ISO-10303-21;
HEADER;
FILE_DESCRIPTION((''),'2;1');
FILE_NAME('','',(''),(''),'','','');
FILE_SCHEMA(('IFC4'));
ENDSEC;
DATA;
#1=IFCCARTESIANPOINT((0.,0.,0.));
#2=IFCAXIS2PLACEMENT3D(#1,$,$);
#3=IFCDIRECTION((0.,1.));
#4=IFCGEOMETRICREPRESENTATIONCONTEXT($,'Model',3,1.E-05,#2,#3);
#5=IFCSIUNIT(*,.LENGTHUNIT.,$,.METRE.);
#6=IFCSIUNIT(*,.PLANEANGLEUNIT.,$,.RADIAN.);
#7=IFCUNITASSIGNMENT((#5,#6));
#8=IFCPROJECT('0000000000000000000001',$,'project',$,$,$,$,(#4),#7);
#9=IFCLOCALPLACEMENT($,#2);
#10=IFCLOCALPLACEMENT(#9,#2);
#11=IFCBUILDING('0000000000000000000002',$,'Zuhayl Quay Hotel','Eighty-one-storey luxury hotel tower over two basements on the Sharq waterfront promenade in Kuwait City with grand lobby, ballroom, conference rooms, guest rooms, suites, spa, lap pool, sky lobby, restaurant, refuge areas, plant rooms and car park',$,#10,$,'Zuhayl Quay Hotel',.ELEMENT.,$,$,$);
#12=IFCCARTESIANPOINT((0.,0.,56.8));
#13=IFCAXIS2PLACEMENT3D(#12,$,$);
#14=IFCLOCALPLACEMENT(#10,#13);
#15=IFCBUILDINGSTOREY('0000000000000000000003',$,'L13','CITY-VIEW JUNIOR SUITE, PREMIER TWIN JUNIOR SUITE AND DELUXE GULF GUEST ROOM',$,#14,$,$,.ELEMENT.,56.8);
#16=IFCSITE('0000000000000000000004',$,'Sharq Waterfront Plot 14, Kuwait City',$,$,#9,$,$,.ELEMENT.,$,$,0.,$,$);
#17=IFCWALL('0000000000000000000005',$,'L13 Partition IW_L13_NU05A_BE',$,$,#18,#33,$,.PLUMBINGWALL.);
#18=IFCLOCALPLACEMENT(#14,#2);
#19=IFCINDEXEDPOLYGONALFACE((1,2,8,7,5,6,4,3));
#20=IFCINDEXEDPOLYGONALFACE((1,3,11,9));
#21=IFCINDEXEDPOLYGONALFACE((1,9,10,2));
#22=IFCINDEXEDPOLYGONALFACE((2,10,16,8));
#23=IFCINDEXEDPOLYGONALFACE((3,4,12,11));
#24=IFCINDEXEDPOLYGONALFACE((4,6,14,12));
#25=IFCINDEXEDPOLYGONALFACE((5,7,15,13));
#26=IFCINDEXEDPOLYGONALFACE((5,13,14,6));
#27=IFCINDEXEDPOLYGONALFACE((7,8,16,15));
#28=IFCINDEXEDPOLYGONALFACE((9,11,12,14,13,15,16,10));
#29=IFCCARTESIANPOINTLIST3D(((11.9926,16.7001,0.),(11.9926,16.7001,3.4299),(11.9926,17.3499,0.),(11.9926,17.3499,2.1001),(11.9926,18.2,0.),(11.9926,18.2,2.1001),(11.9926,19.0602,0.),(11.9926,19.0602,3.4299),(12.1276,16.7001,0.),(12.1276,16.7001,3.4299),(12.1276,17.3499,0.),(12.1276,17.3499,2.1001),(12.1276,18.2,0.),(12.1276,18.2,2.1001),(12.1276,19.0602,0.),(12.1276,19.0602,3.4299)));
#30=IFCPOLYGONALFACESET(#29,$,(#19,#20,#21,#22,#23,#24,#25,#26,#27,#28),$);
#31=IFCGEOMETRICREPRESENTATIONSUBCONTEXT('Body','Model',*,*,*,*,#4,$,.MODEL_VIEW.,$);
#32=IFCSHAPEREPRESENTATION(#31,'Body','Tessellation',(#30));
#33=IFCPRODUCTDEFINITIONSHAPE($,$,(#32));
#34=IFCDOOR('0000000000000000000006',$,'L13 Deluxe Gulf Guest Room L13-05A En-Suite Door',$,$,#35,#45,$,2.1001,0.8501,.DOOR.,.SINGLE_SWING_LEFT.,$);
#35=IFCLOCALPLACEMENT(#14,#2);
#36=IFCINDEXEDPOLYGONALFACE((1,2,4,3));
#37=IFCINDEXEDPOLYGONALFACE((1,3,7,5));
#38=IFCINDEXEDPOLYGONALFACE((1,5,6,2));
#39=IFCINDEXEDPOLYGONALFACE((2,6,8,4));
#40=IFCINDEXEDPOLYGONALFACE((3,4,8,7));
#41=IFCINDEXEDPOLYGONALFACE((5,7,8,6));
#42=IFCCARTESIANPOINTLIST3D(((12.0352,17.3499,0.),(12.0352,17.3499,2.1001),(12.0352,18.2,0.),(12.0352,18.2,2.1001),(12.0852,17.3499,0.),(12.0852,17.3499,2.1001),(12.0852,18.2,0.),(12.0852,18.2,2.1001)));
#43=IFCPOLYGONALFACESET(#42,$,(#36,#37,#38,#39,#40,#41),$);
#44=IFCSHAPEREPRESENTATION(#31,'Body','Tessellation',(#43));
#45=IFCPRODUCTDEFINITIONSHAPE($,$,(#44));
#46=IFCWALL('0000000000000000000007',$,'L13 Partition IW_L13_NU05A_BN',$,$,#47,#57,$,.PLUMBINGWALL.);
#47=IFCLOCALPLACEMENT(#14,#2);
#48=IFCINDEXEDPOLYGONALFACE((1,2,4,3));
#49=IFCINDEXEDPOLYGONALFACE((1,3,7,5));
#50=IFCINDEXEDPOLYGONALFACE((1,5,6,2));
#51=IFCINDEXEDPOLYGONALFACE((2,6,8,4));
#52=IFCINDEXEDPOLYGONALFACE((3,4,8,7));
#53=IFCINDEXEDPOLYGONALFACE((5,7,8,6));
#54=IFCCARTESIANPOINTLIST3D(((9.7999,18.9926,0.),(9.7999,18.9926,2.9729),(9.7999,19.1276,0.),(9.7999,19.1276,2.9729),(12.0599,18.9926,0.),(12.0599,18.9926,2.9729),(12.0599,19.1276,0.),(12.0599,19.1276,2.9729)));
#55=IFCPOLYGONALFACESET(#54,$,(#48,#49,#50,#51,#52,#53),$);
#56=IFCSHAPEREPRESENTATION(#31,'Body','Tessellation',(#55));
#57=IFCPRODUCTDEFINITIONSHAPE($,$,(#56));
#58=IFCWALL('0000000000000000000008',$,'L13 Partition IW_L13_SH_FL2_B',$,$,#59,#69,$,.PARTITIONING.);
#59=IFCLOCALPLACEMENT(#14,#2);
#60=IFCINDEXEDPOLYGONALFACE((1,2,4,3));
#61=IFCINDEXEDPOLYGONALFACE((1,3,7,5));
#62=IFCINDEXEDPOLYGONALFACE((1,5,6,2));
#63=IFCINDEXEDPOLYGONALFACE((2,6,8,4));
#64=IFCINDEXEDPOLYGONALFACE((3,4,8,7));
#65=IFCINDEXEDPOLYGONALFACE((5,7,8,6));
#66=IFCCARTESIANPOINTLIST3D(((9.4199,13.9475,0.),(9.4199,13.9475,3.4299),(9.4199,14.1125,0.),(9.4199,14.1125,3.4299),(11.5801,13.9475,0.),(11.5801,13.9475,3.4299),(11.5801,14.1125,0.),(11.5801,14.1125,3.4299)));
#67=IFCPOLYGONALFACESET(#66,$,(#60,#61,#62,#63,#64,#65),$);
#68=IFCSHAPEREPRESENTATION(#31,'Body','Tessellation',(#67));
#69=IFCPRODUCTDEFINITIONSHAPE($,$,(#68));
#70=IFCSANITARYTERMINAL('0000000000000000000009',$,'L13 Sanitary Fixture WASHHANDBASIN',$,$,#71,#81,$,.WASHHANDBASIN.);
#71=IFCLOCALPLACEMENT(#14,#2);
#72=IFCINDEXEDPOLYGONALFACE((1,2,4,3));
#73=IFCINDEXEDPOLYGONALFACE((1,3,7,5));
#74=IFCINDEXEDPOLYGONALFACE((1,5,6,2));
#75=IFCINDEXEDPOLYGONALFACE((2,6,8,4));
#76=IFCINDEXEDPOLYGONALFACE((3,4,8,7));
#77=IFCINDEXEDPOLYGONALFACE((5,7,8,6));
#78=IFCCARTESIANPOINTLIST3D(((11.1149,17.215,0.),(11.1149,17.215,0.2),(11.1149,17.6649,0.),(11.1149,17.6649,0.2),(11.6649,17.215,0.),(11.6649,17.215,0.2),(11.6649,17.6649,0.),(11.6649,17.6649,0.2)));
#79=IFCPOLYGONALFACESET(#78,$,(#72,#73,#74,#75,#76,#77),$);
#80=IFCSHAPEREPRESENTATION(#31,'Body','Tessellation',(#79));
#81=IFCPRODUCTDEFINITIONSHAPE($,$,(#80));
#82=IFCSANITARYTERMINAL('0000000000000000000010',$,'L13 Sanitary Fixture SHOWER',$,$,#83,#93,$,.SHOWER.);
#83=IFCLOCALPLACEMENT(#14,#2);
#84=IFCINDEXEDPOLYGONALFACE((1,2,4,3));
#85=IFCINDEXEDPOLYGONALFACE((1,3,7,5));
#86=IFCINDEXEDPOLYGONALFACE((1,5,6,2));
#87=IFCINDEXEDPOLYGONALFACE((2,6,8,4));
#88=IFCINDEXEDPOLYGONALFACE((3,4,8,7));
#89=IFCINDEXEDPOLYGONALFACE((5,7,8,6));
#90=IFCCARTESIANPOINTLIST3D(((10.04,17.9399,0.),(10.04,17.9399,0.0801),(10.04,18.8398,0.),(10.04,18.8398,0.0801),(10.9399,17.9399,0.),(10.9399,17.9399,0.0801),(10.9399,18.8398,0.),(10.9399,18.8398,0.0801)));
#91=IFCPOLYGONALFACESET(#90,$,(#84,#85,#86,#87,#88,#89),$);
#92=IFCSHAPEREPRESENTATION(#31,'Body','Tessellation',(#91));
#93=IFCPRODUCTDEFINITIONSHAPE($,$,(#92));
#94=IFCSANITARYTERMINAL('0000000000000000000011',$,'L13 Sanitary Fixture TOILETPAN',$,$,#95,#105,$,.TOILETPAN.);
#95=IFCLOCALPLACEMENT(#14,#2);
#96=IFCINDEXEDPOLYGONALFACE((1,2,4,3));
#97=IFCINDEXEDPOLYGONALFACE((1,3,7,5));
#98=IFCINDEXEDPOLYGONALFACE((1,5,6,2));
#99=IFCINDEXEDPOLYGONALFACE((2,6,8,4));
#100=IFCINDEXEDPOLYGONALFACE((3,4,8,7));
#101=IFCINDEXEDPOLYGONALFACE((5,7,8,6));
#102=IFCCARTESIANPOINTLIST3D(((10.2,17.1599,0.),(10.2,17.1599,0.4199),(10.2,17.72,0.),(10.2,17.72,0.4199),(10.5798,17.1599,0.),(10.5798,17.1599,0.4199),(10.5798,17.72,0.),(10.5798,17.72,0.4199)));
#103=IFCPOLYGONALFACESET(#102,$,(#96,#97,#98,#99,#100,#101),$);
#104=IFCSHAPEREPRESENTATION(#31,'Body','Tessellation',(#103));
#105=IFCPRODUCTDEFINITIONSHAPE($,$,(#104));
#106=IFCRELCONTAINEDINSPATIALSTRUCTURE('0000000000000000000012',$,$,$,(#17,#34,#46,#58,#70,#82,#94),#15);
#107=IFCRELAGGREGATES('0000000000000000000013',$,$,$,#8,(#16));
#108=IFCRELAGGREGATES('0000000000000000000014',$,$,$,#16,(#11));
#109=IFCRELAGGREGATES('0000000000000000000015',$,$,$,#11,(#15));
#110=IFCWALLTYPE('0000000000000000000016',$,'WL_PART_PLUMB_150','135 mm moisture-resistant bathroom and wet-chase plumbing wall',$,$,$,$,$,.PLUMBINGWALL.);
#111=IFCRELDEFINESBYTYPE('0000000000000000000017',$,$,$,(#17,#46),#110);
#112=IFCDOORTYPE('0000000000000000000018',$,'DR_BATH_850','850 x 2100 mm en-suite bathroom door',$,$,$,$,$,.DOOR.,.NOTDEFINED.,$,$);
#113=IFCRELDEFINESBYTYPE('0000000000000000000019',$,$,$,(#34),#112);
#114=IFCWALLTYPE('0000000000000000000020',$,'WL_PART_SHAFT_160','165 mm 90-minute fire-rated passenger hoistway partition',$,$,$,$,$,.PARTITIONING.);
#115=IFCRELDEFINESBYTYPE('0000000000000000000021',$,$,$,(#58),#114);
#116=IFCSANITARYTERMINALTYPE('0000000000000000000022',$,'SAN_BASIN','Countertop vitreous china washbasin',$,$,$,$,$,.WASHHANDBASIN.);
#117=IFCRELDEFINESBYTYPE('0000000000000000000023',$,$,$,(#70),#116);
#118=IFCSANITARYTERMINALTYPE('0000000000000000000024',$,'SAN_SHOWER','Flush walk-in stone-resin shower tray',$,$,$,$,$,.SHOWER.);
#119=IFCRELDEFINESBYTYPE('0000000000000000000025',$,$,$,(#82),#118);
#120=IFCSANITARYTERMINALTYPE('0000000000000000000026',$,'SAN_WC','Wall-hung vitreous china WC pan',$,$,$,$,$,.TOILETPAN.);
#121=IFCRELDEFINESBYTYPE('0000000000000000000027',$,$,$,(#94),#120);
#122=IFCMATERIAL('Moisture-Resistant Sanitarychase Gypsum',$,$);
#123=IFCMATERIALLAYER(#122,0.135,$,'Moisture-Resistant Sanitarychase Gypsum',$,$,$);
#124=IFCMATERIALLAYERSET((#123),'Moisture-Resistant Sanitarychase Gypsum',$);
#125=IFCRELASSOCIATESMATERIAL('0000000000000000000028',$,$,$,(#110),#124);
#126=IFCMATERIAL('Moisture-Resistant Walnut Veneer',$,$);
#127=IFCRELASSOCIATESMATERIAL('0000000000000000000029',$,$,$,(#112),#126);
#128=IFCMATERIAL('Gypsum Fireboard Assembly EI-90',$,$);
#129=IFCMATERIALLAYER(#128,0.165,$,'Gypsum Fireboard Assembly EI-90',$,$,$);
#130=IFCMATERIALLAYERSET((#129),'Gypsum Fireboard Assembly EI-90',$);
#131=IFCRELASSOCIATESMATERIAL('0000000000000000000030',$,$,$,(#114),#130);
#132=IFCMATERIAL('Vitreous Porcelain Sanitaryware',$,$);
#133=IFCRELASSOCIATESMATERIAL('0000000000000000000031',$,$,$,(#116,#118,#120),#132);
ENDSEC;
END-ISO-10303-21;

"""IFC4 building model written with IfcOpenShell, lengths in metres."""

from ifc_helpers import new_model, si_unit, direction, frame, frame_2d, origin, origin_2d, place, context, subcontext, project, spatial, rectangle, extrude, material, layer, layer_set, type_object, element, fill, save


model = new_model("IFC4")

# Units and contexts
model_context = context("Model", 3, precision=1e-05, world=origin(), true_north=direction((0.0, 1.0)))
body_context = subcontext(model_context, "Body", "Model", "MODEL_VIEW")
ifc_project = project(units=[si_unit("LENGTHUNIT", "METRE"), si_unit("PLANEANGLEUNIT", "RADIAN")], contexts=[model_context])

# Site, building, storey
site_placement = place(None, origin())
site = spatial("IfcSite", under=ifc_project, at=site_placement, Name="Sharq Waterfront Plot 14, Kuwait City", CompositionType="ELEMENT", RefElevation=0.0)
building_placement = place(site_placement, origin())
building = spatial("IfcBuilding", under=site, at=building_placement, Name="Zuhayl Quay Hotel", Description="Eighty-one-storey luxury hotel tower over two basements on the Sharq waterfront promenade in Kuwait City with grand lobby, ballroom, conference rooms, guest rooms, suites, spa, lap pool, sky lobby, restaurant, refuge areas, plant rooms and car park", LongName="Zuhayl Quay Hotel", CompositionType="ELEMENT")
storey_placement = place(building_placement, frame((0.0, 0.0, 56.8)))
storey = spatial("IfcBuildingStorey", under=building, at=storey_placement, Name="L13", Description="CITY-VIEW JUNIOR SUITE, PREMIER TWIN JUNIOR SUITE AND DELUXE GULF GUEST ROOM", CompositionType="ELEMENT", Elevation=56.8)

# Wall, opening, door
ifc_material_1 = material(Name="Moisture-Resistant Sanitarychase Gypsum")
ifc_layer_1 = layer(ifc_material_1, 0.135, Name="Moisture-Resistant Sanitarychase Gypsum")
ifc_layer_set_1 = layer_set([ifc_layer_1], Name="Moisture-Resistant Sanitarychase Gypsum")
wall_type_1 = type_object("IfcWallType", Name="WL_PART_PLUMB_150", Description="135 mm moisture-resistant bathroom and wet-chase plumbing wall", PredefinedType="PLUMBINGWALL", material=ifc_layer_set_1)
wall_1_placement = place(storey_placement, frame((12.0601, 16.7, 0.0), z_axis=(0.0, 0.0, 1.0), x_axis=(0.0, 1.0, 0.0)))
wall_1 = element("IfcWall", 1, at=wall_1_placement, inside=storey, type_object=wall_type_1, Name="L13 Partition IW_L13_NU05A_BE", PredefinedType="PLUMBINGWALL", context=body_context, shape_type="SweptSolid", body=[
    extrude(rectangle(XDim=2.3601, YDim=0.135, at=frame_2d((1.1802, 0.0))), origin(), (0.0, 0.0, 1.0), 3.4299),
])
opening_1_placement = place(wall_1_placement, frame((0.6499, 0.0, 0.0)))
opening_1 = element("IfcOpeningElement", 2, at=opening_1_placement, cuts=wall_1, PredefinedType="OPENING", context=body_context, shape_type="SweptSolid", body=[
    extrude(rectangle(XDim=0.8501, YDim=2.1001, at=frame_2d((0.425, 1.05))), frame((0.0, 0.0774, 0.0), z_axis=(0.0, -1.0, 0.0), x_axis=(1.0, 0.0, 0.0)), (0.0, 0.0, 1.0), 0.155),
])
ifc_material_2 = material(Name="Moisture-Resistant Walnut Veneer")
door_type_1 = type_object("IfcDoorType", Name="DR_BATH_850", Description="850 x 2100 mm en-suite bathroom door", OperationType="NOTDEFINED", PredefinedType="DOOR", material=ifc_material_2)
door_1_placement = place(opening_1_placement, origin())
door_1 = element("IfcDoor", 3, at=door_1_placement, inside=storey, type_object=door_type_1, Name="L13 Deluxe Gulf Guest Room L13-05A En-Suite Door", OperationType="SINGLE_SWING_LEFT", OverallHeight=2.1001, OverallWidth=0.8501, PredefinedType="DOOR", context=body_context, shape_type="SweptSolid", body=[
    extrude(rectangle(XDim=0.8501, YDim=2.1001, at=frame_2d((0.425, 1.05))), frame((0.0, 0.0249, 0.0), z_axis=(0.0, -1.0, 0.0), x_axis=(1.0, 0.0, 0.0)), (0.0, 0.0, 1.0), 0.05),
])
fill(opening_1, door_1)

# Walls
wall_2_placement = place(storey_placement, frame((9.8, 19.0601, 0.0), z_axis=(0.0, 0.0, 1.0), x_axis=(1.0, 0.0, 0.0)))
element("IfcWall", 4, at=wall_2_placement, inside=storey, type_object=wall_type_1, Name="L13 Partition IW_L13_NU05A_BN", PredefinedType="PLUMBINGWALL", context=body_context, shape_type="SweptSolid", body=[
    extrude(rectangle(XDim=2.26, YDim=0.135, at=frame_2d((1.1299, 0.0))), origin(), (0.0, 0.0, 1.0), 2.9729),
])
ifc_material_3 = material(Name="Gypsum Fireboard Assembly EI-90")
ifc_layer_2 = layer(ifc_material_3, 0.165, Name="Gypsum Fireboard Assembly EI-90")
ifc_layer_set_2 = layer_set([ifc_layer_2], Name="Gypsum Fireboard Assembly EI-90")
wall_type_2 = type_object("IfcWallType", Name="WL_PART_SHAFT_160", Description="165 mm 90-minute fire-rated passenger hoistway partition", PredefinedType="PARTITIONING", material=ifc_layer_set_2)
wall_3_placement = place(storey_placement, frame((9.4199, 14.03, 0.0), z_axis=(0.0, 0.0, 1.0), x_axis=(1.0, 0.0, 0.0)))
element("IfcWall", 5, at=wall_3_placement, inside=storey, type_object=wall_type_2, Name="L13 Partition IW_L13_SH_FL2_B", PredefinedType="PARTITIONING", context=body_context, shape_type="SweptSolid", body=[
    extrude(rectangle(XDim=2.1602, YDim=0.165, at=frame_2d((1.0801, 0.0))), origin(), (0.0, 0.0, 1.0), 3.4299),
])

# Sanitary terminals
ifc_material_4 = material(Name="Vitreous Porcelain Sanitaryware")
sanitary_terminal_type_1 = type_object("IfcSanitaryTerminalType", Name="SAN_BASIN", Description="Countertop vitreous china washbasin", PredefinedType="WASHHANDBASIN", material=ifc_material_4)
sanitary_terminal_1_placement = place(storey_placement, frame((11.3899, 17.4399, 0.0), z_axis=(0.0, 0.0, 1.0), x_axis=(1.0, 0.0, 0.0)))
element("IfcSanitaryTerminal", 6, at=sanitary_terminal_1_placement, inside=storey, type_object=sanitary_terminal_type_1, Name="L13 Sanitary Fixture WASHHANDBASIN", PredefinedType="WASHHANDBASIN", context=body_context, shape_type="SweptSolid", body=[
    extrude(rectangle(XDim=0.55, YDim=0.45, at=origin_2d()), origin(), (0.0, 0.0, 1.0), 0.2),
])
sanitary_terminal_type_2 = type_object("IfcSanitaryTerminalType", Name="SAN_SHOWER", Description="Flush walk-in stone-resin shower tray", PredefinedType="SHOWER", material=ifc_material_4)
sanitary_terminal_2_placement = place(storey_placement, frame((10.49, 18.3899, 0.0), z_axis=(0.0, 0.0, 1.0), x_axis=(1.0, 0.0, 0.0)))
element("IfcSanitaryTerminal", 7, at=sanitary_terminal_2_placement, inside=storey, type_object=sanitary_terminal_type_2, Name="L13 Sanitary Fixture SHOWER", PredefinedType="SHOWER", context=body_context, shape_type="SweptSolid", body=[
    extrude(rectangle(XDim=0.8999, YDim=0.8999, at=origin_2d()), origin(), (0.0, 0.0, 1.0), 0.0801),
])
sanitary_terminal_type_3 = type_object("IfcSanitaryTerminalType", Name="SAN_WC", Description="Wall-hung vitreous china WC pan", PredefinedType="TOILETPAN", material=ifc_material_4)
sanitary_terminal_3_placement = place(storey_placement, frame((10.3899, 17.4399, 0.0), z_axis=(0.0, 0.0, 1.0), x_axis=(1.0, 0.0, 0.0)))
element("IfcSanitaryTerminal", 8, at=sanitary_terminal_3_placement, inside=storey, type_object=sanitary_terminal_type_3, Name="L13 Sanitary Fixture TOILETPAN", PredefinedType="TOILETPAN", context=body_context, shape_type="SweptSolid", body=[
    extrude(rectangle(XDim=0.3799, YDim=0.5601, at=origin_2d()), origin(), (0.0, 0.0, 1.0), 0.4199),
])

save(model, "model.ifc")
